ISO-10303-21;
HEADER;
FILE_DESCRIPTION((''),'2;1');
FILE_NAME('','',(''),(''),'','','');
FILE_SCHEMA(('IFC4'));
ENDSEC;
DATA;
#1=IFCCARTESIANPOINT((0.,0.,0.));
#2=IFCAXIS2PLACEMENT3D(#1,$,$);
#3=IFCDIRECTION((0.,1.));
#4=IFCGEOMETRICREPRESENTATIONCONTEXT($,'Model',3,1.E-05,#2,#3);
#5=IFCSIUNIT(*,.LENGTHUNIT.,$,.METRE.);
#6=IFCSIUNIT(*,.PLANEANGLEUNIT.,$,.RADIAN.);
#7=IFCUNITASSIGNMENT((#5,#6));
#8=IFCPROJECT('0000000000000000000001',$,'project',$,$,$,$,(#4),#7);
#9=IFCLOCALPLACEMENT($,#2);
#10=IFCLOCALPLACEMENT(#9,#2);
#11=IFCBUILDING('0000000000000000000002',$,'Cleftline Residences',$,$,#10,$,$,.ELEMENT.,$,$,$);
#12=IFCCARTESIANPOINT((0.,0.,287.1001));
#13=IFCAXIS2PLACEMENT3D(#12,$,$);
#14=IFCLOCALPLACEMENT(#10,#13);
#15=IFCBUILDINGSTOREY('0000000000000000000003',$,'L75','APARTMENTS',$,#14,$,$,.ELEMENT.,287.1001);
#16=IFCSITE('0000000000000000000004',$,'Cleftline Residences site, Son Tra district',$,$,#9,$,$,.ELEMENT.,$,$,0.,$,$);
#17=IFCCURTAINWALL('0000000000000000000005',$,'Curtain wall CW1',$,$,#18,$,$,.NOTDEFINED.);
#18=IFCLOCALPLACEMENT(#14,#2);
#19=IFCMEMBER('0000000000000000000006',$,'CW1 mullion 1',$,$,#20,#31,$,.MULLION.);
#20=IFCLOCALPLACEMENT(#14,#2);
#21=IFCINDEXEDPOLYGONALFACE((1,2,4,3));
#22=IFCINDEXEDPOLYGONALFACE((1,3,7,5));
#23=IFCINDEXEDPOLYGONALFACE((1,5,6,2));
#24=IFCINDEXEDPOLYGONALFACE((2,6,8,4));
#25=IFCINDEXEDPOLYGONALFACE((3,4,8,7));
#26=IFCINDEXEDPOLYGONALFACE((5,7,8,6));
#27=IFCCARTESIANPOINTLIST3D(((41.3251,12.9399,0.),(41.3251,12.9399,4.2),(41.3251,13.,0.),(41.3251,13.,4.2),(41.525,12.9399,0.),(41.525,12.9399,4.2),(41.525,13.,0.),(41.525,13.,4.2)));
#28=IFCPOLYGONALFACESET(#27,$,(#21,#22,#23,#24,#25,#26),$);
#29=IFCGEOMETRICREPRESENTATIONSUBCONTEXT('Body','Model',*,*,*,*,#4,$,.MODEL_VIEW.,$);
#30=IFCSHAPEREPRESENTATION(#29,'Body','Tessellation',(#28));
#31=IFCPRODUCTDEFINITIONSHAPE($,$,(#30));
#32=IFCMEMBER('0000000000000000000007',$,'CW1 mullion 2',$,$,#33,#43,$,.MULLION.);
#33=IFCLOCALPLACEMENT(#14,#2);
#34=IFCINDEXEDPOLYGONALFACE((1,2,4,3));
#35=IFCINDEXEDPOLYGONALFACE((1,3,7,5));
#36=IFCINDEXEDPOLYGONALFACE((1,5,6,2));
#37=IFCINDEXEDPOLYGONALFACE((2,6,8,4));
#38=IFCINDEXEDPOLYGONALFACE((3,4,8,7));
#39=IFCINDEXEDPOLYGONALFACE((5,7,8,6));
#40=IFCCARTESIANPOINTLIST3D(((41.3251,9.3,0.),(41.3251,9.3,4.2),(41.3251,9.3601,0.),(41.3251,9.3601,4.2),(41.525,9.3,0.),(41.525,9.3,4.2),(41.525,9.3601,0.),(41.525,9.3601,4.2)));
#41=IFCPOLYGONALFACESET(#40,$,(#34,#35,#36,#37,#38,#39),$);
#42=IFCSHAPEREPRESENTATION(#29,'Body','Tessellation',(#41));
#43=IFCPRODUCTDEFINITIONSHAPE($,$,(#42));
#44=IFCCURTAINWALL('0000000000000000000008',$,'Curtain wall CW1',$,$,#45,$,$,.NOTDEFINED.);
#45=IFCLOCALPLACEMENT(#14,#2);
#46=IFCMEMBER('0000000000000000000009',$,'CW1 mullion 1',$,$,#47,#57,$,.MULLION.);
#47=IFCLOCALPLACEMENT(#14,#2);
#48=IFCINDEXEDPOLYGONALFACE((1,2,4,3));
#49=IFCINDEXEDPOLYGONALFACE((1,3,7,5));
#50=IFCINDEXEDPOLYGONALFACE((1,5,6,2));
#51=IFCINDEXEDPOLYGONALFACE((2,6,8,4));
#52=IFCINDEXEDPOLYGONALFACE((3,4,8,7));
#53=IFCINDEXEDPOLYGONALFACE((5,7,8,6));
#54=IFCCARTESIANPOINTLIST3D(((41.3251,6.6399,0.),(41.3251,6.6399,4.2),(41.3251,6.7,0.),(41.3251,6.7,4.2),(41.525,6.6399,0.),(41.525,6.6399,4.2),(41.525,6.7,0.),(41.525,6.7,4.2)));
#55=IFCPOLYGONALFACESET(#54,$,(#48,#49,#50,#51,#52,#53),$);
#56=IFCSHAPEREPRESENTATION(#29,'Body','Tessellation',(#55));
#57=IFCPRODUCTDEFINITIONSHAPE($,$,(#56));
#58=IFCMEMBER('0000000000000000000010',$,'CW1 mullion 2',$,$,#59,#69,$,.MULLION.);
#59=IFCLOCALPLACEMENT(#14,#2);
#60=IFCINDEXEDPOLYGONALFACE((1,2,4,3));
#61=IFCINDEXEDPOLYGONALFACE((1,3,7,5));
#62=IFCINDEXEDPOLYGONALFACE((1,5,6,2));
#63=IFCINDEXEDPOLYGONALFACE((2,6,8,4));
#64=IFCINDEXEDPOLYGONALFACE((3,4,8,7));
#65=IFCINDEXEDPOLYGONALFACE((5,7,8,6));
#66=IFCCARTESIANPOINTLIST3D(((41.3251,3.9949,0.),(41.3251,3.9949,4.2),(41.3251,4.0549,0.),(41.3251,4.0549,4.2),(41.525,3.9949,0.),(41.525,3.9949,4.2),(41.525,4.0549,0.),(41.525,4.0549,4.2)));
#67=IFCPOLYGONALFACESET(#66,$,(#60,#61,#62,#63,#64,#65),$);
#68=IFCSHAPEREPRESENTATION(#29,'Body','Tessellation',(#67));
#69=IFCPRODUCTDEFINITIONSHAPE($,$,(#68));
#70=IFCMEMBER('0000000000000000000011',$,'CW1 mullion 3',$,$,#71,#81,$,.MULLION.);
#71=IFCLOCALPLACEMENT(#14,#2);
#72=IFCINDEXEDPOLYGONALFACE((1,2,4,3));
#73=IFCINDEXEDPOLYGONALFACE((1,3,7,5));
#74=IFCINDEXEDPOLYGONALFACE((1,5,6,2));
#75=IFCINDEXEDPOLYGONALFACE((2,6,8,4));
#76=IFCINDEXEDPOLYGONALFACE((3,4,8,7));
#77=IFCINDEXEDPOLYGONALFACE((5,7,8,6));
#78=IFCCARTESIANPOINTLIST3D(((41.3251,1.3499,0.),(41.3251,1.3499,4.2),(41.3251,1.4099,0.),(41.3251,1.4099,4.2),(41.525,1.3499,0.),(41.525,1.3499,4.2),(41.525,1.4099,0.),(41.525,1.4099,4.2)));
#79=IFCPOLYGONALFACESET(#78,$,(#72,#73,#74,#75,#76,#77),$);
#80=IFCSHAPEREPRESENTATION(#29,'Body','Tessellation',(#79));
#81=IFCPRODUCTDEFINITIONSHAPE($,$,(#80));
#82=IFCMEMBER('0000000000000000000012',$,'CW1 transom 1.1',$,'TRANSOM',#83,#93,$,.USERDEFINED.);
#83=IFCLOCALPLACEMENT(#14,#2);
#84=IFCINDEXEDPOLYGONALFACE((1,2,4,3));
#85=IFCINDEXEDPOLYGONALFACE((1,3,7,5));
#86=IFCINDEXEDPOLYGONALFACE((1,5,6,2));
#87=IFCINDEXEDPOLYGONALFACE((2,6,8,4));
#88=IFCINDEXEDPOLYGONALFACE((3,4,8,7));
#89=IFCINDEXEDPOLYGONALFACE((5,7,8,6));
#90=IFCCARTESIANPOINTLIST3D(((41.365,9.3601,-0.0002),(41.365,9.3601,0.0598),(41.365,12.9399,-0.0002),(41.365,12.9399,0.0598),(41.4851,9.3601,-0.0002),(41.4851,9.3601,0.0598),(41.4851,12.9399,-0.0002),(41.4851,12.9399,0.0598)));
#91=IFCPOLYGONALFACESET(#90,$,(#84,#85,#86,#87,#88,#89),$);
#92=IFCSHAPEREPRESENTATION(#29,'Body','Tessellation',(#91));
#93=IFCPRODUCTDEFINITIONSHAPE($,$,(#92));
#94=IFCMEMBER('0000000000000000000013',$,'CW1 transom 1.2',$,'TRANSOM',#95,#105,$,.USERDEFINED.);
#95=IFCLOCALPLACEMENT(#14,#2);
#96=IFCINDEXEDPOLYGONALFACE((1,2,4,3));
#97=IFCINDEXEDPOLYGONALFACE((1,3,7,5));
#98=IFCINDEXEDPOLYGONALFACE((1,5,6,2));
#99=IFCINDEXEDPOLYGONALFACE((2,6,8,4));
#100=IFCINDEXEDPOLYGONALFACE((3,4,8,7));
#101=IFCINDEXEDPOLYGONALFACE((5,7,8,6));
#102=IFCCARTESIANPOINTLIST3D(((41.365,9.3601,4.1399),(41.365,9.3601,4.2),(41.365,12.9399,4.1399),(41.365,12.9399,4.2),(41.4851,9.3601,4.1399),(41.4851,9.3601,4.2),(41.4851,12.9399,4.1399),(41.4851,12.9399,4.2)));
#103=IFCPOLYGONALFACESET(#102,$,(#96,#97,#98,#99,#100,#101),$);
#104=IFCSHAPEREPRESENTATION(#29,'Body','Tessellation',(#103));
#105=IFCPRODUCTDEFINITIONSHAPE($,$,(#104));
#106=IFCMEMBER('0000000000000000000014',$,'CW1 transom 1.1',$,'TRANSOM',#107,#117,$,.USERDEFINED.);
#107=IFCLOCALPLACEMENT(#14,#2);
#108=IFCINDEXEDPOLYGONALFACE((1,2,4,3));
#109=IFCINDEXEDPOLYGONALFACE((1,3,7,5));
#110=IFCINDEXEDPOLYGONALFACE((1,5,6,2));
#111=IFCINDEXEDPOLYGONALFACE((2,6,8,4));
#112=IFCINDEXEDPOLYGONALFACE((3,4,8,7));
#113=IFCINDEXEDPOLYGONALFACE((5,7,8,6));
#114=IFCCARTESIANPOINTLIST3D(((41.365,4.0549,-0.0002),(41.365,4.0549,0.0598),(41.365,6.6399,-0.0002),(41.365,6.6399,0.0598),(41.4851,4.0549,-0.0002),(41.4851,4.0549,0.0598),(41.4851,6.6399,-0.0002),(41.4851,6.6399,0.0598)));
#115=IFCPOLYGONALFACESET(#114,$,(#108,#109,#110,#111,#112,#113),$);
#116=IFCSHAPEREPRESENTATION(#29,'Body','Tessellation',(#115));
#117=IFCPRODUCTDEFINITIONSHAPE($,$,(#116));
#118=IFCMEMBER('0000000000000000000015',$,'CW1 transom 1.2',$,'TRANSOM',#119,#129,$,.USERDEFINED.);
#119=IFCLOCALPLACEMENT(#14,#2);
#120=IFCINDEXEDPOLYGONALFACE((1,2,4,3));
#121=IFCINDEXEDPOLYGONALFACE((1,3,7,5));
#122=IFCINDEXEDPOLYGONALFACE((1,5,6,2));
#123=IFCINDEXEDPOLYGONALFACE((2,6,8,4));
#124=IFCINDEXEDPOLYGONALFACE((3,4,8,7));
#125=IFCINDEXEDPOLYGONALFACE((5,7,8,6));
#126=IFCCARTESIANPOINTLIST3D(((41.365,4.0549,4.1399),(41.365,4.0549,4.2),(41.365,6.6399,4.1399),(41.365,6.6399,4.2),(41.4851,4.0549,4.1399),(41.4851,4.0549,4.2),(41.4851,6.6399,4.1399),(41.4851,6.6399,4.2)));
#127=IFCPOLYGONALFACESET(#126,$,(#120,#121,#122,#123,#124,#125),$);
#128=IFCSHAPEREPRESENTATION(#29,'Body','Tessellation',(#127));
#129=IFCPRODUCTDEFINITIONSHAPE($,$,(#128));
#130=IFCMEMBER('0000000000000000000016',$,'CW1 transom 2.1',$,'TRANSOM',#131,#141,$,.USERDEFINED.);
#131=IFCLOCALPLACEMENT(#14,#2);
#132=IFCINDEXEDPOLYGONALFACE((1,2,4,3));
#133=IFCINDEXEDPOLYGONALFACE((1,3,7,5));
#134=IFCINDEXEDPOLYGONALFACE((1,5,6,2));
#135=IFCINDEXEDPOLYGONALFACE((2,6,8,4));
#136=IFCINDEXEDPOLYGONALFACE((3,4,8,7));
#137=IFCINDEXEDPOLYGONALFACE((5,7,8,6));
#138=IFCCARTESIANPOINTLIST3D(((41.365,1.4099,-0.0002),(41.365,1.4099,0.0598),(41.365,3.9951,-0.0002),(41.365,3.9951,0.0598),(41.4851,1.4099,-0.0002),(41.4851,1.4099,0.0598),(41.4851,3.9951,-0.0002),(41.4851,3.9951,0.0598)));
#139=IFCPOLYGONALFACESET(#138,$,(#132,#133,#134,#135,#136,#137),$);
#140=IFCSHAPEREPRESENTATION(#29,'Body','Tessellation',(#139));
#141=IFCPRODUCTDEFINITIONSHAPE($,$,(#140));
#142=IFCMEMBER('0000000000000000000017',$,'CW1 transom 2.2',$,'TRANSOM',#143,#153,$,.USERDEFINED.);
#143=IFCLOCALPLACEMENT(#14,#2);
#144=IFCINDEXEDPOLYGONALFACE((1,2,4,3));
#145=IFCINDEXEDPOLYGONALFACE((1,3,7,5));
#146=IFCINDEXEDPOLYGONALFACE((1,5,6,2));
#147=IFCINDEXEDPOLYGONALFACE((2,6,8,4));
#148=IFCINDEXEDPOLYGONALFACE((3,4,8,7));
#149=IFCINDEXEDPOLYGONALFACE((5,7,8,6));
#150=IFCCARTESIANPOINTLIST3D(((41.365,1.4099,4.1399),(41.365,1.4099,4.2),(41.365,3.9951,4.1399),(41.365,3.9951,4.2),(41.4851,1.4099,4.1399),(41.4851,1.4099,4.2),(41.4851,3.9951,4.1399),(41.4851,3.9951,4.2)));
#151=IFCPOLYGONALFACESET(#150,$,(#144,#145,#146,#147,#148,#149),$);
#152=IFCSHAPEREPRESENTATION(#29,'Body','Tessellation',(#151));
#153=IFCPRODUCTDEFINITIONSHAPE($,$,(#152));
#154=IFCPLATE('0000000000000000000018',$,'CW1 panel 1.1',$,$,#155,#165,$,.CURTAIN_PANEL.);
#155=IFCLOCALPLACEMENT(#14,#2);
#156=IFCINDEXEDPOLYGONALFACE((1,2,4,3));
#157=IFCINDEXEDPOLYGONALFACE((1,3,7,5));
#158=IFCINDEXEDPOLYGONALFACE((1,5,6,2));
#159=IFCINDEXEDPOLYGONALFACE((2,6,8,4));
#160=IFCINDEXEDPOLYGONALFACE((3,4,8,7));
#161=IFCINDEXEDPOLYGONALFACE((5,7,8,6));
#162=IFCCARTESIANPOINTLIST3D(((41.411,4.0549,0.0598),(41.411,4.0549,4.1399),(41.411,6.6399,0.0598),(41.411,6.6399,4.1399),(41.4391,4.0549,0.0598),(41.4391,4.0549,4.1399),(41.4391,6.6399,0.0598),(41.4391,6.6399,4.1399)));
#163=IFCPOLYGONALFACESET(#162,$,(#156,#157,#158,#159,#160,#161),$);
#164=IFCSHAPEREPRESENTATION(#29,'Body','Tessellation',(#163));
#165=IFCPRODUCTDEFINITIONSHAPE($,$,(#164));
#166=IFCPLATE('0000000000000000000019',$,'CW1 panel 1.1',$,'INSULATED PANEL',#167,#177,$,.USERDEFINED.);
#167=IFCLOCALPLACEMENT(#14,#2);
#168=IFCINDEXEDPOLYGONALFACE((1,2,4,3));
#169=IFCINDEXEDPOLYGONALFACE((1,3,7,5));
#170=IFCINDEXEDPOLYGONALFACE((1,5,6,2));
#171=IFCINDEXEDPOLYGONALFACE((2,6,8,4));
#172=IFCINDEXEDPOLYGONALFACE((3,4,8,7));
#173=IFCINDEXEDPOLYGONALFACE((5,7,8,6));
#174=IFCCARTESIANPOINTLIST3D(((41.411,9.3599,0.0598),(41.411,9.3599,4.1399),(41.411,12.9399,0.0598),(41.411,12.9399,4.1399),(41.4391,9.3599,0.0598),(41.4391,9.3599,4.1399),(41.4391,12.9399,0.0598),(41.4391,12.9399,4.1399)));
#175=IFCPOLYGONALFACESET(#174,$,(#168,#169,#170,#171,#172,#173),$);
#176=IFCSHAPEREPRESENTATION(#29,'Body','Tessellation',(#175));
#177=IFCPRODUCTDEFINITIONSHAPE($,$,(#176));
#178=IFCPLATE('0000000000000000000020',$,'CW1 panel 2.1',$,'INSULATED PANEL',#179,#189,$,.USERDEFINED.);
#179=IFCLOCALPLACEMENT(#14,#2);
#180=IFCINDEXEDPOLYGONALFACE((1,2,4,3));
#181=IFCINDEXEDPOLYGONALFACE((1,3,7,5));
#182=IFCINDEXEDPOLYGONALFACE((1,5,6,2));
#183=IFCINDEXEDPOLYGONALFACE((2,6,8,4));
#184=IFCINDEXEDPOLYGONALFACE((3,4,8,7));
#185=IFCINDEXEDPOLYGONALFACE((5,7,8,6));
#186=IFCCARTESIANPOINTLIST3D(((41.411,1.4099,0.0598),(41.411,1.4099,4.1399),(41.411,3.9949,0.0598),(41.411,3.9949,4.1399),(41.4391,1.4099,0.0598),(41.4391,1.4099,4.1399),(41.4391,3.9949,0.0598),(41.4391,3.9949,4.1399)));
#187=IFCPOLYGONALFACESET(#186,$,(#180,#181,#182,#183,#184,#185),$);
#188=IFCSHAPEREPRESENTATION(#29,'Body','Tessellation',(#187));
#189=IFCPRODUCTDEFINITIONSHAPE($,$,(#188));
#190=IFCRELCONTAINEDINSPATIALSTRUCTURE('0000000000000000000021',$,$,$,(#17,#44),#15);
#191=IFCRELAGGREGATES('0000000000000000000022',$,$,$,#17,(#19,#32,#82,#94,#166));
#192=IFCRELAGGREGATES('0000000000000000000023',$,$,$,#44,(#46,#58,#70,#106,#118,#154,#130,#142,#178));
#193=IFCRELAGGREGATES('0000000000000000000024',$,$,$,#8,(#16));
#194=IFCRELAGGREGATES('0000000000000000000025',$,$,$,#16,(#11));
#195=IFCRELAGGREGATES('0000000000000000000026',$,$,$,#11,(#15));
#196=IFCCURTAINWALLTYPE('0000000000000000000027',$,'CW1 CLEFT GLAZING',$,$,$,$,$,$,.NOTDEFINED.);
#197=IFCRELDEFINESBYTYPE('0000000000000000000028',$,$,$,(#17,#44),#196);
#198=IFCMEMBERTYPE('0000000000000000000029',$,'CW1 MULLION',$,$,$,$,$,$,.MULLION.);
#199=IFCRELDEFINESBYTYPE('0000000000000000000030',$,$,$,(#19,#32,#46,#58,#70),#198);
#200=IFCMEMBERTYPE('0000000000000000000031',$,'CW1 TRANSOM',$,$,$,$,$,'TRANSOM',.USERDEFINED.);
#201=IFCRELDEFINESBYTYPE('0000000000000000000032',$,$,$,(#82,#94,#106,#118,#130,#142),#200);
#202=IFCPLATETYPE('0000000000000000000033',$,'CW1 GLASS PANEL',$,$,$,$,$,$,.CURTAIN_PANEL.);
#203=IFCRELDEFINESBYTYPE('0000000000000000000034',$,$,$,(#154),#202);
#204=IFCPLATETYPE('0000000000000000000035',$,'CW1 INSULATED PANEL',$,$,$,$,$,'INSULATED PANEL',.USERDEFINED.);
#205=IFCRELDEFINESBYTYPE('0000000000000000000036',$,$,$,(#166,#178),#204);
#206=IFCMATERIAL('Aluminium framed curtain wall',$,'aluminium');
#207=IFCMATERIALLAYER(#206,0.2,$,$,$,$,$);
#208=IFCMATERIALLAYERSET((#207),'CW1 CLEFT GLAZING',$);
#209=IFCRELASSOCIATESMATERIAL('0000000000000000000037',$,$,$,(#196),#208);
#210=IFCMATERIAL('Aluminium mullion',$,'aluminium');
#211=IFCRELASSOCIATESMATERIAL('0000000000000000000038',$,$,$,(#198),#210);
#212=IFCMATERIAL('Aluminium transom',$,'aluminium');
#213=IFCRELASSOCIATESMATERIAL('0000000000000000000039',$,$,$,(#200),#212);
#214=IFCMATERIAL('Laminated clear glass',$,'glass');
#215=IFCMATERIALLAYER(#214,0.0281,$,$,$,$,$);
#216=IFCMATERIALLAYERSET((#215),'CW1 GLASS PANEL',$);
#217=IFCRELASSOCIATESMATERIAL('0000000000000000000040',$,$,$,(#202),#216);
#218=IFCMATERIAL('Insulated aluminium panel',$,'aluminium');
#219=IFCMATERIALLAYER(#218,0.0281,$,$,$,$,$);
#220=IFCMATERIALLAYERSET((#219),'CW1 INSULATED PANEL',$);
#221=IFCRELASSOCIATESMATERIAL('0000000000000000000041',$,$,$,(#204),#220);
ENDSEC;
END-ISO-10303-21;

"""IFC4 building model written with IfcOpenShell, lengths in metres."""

from ifc_helpers import new_model, si_unit, direction, frame, origin, origin_2d, place, context, subcontext, project, spatial, rectangle, extrude, material, layer, layer_set, material_profile, profile_set, type_object, element, aggregate, save


model = new_model("IFC4")

# Units and contexts
model_context = context("Model", 3, precision=1e-05, world=origin(), true_north=direction((0.0, 1.0)))
body_context = subcontext(model_context, "Body", "Model", "MODEL_VIEW")
ifc_project = project(units=[si_unit("LENGTHUNIT", "METRE"), si_unit("PLANEANGLEUNIT", "RADIAN")], contexts=[model_context])

# Site, building, storey
site_placement = place(None, origin())
site = spatial("IfcSite", under=ifc_project, at=site_placement, Name="Cleftline Residences site, Son Tra district", CompositionType="ELEMENT", RefElevation=0.0)
building_placement = place(site_placement, origin())
building = spatial("IfcBuilding", under=site, at=building_placement, Name="Cleftline Residences", CompositionType="ELEMENT")
storey_placement = place(building_placement, frame((0.0, 0.0, 287.1001)))
storey = spatial("IfcBuildingStorey", under=building, at=storey_placement, Name="L75", Description="APARTMENTS", CompositionType="ELEMENT", Elevation=287.1001)

# Curtain walls, members
ifc_material_1 = material(Name="Aluminium framed curtain wall", Category="aluminium")
ifc_layer_1 = layer(ifc_material_1, 0.2)
ifc_layer_set_1 = layer_set([ifc_layer_1], Name="CW1 CLEFT GLAZING")
curtain_wall_type = type_object("IfcCurtainWallType", Name="CW1 CLEFT GLAZING", PredefinedType="NOTDEFINED", material=ifc_layer_set_1)
curtain_wall_1_placement = place(storey_placement, origin())
curtain_wall_1 = element("IfcCurtainWall", 1, at=curtain_wall_1_placement, inside=storey, type_object=curtain_wall_type, Name="Curtain wall CW1", PredefinedType="NOTDEFINED")
ifc_material_2 = material(Name="Aluminium mullion", Category="aluminium")
ifc_material_profile_1 = material_profile(ifc_material_2, rectangle(XDim=0.2, YDim=0.0601, at=origin_2d()))
ifc_profile_set_1 = profile_set([ifc_material_profile_1], Name="Aluminium mullion")
member_type_1 = type_object("IfcMemberType", Name="CW1 MULLION", PredefinedType="MULLION", material=ifc_profile_set_1)
member_1_placement = place(storey_placement, frame((41.425, 12.97, 0.0), z_axis=(0.0, 0.0, 1.0), x_axis=(1.0, 0.0, 0.0)))
member_1 = element("IfcMember", 2, at=member_1_placement, type_object=member_type_1, Name="CW1 mullion 1", PredefinedType="MULLION", context=body_context, shape_type="SweptSolid", body=[
    extrude(rectangle(XDim=0.2, YDim=0.0601, at=origin_2d()), origin(), (0.0, 0.0, 1.0), 4.2),
])
member_2_placement = place(storey_placement, frame((41.425, 9.3301, 0.0), z_axis=(0.0, 0.0, 1.0), x_axis=(1.0, 0.0, 0.0)))
member_2 = element("IfcMember", 3, at=member_2_placement, type_object=member_type_1, Name="CW1 mullion 2", PredefinedType="MULLION", context=body_context, shape_type="SweptSolid", body=[
    extrude(rectangle(XDim=0.2, YDim=0.0601, at=origin_2d()), origin(), (0.0, 0.0, 1.0), 4.2),
])
curtain_wall_2_placement = place(storey_placement, origin())
curtain_wall_2 = element("IfcCurtainWall", 4, at=curtain_wall_2_placement, inside=storey, type_object=curtain_wall_type, Name="Curtain wall CW1", PredefinedType="NOTDEFINED")
member_3_placement = place(storey_placement, frame((41.425, 6.6699, 0.0), z_axis=(0.0, 0.0, 1.0), x_axis=(1.0, 0.0, 0.0)))
member_3 = element("IfcMember", 5, at=member_3_placement, type_object=member_type_1, Name="CW1 mullion 1", PredefinedType="MULLION", context=body_context, shape_type="SweptSolid", body=[
    extrude(rectangle(XDim=0.2, YDim=0.0601, at=origin_2d()), origin(), (0.0, 0.0, 1.0), 4.2),
])
member_4_placement = place(storey_placement, frame((41.425, 4.0249, 0.0), z_axis=(0.0, 0.0, 1.0), x_axis=(1.0, 0.0, 0.0)))
member_4 = element("IfcMember", 6, at=member_4_placement, type_object=member_type_1, Name="CW1 mullion 2", PredefinedType="MULLION", context=body_context, shape_type="SweptSolid", body=[
    extrude(rectangle(XDim=0.2, YDim=0.0601, at=origin_2d()), origin(), (0.0, 0.0, 1.0), 4.2),
])
member_5_placement = place(storey_placement, frame((41.425, 1.3799, 0.0), z_axis=(0.0, 0.0, 1.0), x_axis=(1.0, 0.0, 0.0)))
member_5 = element("IfcMember", 7, at=member_5_placement, type_object=member_type_1, Name="CW1 mullion 3", PredefinedType="MULLION", context=body_context, shape_type="SweptSolid", body=[
    extrude(rectangle(XDim=0.2, YDim=0.0601, at=origin_2d()), origin(), (0.0, 0.0, 1.0), 4.2),
])

# Members
ifc_material_3 = material(Name="Aluminium transom", Category="aluminium")
ifc_material_profile_2 = material_profile(ifc_material_3, rectangle(XDim=0.1201, YDim=0.0601, at=origin_2d()))
ifc_profile_set_2 = profile_set([ifc_material_profile_2], Name="Aluminium transom")
member_type_2 = type_object("IfcMemberType", Name="CW1 TRANSOM", ElementType="TRANSOM", PredefinedType="USERDEFINED", material=ifc_profile_set_2)
member_6_placement = place(storey_placement, frame((41.425, 12.9399, 0.0298), z_axis=(0.0, -1.0, 0.0), x_axis=(1.0, 0.0, 0.0)))
member_6 = element("IfcMember", 8, at=member_6_placement, type_object=member_type_2, Name="CW1 transom 1.1", ObjectType="TRANSOM", PredefinedType="USERDEFINED", context=body_context, shape_type="SweptSolid", body=[
    extrude(rectangle(XDim=0.1201, YDim=0.0601, at=origin_2d()), origin(), (0.0, 0.0, 1.0), 3.5798),
])
member_7_placement = place(storey_placement, frame((41.425, 12.9399, 4.1699), z_axis=(0.0, -1.0, 0.0), x_axis=(1.0, 0.0, 0.0)))
member_7 = element("IfcMember", 9, at=member_7_placement, type_object=member_type_2, Name="CW1 transom 1.2", ObjectType="TRANSOM", PredefinedType="USERDEFINED", context=body_context, shape_type="SweptSolid", body=[
    extrude(rectangle(XDim=0.1201, YDim=0.0601, at=origin_2d()), origin(), (0.0, 0.0, 1.0), 3.5798),
])
member_8_placement = place(storey_placement, frame((41.425, 6.6399, 0.0298), z_axis=(0.0, -1.0, 0.0), x_axis=(1.0, 0.0, 0.0)))
member_8 = element("IfcMember", 10, at=member_8_placement, type_object=member_type_2, Name="CW1 transom 1.1", ObjectType="TRANSOM", PredefinedType="USERDEFINED", context=body_context, shape_type="SweptSolid", body=[
    extrude(rectangle(XDim=0.1201, YDim=0.0601, at=origin_2d()), origin(), (0.0, 0.0, 1.0), 2.585),
])
member_9_placement = place(storey_placement, frame((41.425, 6.6399, 4.1699), z_axis=(0.0, -1.0, 0.0), x_axis=(1.0, 0.0, 0.0)))
member_9 = element("IfcMember", 11, at=member_9_placement, type_object=member_type_2, Name="CW1 transom 1.2", ObjectType="TRANSOM", PredefinedType="USERDEFINED", context=body_context, shape_type="SweptSolid", body=[
    extrude(rectangle(XDim=0.1201, YDim=0.0601, at=origin_2d()), origin(), (0.0, 0.0, 1.0), 2.585),
])
member_10_placement = place(storey_placement, frame((41.425, 3.9951, 0.0298), z_axis=(0.0, -1.0, 0.0), x_axis=(1.0, 0.0, 0.0)))
member_10 = element("IfcMember", 12, at=member_10_placement, type_object=member_type_2, Name="CW1 transom 2.1", ObjectType="TRANSOM", PredefinedType="USERDEFINED", context=body_context, shape_type="SweptSolid", body=[
    extrude(rectangle(XDim=0.1201, YDim=0.0601, at=origin_2d()), origin(), (0.0, 0.0, 1.0), 2.5852),
])
member_11_placement = place(storey_placement, frame((41.425, 3.9951, 4.1699), z_axis=(0.0, -1.0, 0.0), x_axis=(1.0, 0.0, 0.0)))
member_11 = element("IfcMember", 13, at=member_11_placement, type_object=member_type_2, Name="CW1 transom 2.2", ObjectType="TRANSOM", PredefinedType="USERDEFINED", context=body_context, shape_type="SweptSolid", body=[
    extrude(rectangle(XDim=0.1201, YDim=0.0601, at=origin_2d()), origin(), (0.0, 0.0, 1.0), 2.5852),
])

# Plates
ifc_material_4 = material(Name="Laminated clear glass", Category="glass")
ifc_layer_2 = layer(ifc_material_4, 0.0281)
ifc_layer_set_2 = layer_set([ifc_layer_2], Name="CW1 GLASS PANEL")
plate_type_1 = type_object("IfcPlateType", Name="CW1 GLASS PANEL", PredefinedType="CURTAIN_PANEL", material=ifc_layer_set_2)
plate_1_placement = place(storey_placement, frame((41.425, 5.3474, 0.0598), z_axis=(0.0, 0.0, 1.0), x_axis=(0.0, -1.0, 0.0)))
plate_1 = element("IfcPlate", 14, at=plate_1_placement, type_object=plate_type_1, Name="CW1 panel 1.1", PredefinedType="CURTAIN_PANEL", context=body_context, shape_type="SweptSolid", body=[
    extrude(rectangle(XDim=2.585, YDim=0.0281, at=origin_2d()), origin(), (0.0, 0.0, 1.0), 4.0801),
])
ifc_material_5 = material(Name="Insulated aluminium panel", Category="aluminium")
ifc_layer_3 = layer(ifc_material_5, 0.0281)
ifc_layer_set_3 = layer_set([ifc_layer_3], Name="CW1 INSULATED PANEL")
plate_type_2 = type_object("IfcPlateType", Name="CW1 INSULATED PANEL", ElementType="INSULATED PANEL", PredefinedType="USERDEFINED", material=ifc_layer_set_3)
plate_2_placement = place(storey_placement, frame((41.425, 11.1499, 0.0598), z_axis=(0.0, 0.0, 1.0), x_axis=(0.0, -1.0, 0.0)))
plate_2 = element("IfcPlate", 15, at=plate_2_placement, type_object=plate_type_2, Name="CW1 panel 1.1", ObjectType="INSULATED PANEL", PredefinedType="USERDEFINED", context=body_context, shape_type="SweptSolid", body=[
    extrude(rectangle(XDim=3.5801, YDim=0.0281, at=origin_2d()), origin(), (0.0, 0.0, 1.0), 4.0801),
])
aggregate(curtain_wall_1, [member_1, member_2, member_6, member_7, plate_2])
plate_3_placement = place(storey_placement, frame((41.425, 2.7024, 0.0598), z_axis=(0.0, 0.0, 1.0), x_axis=(0.0, -1.0, 0.0)))
plate_3 = element("IfcPlate", 16, at=plate_3_placement, type_object=plate_type_2, Name="CW1 panel 2.1", ObjectType="INSULATED PANEL", PredefinedType="USERDEFINED", context=body_context, shape_type="SweptSolid", body=[
    extrude(rectangle(XDim=2.585, YDim=0.0281, at=origin_2d()), origin(), (0.0, 0.0, 1.0), 4.0801),
])
aggregate(curtain_wall_2, [member_3, member_4, member_5, member_8, member_9, plate_1, member_10, member_11, plate_3])

save(model, "model.ifc")
